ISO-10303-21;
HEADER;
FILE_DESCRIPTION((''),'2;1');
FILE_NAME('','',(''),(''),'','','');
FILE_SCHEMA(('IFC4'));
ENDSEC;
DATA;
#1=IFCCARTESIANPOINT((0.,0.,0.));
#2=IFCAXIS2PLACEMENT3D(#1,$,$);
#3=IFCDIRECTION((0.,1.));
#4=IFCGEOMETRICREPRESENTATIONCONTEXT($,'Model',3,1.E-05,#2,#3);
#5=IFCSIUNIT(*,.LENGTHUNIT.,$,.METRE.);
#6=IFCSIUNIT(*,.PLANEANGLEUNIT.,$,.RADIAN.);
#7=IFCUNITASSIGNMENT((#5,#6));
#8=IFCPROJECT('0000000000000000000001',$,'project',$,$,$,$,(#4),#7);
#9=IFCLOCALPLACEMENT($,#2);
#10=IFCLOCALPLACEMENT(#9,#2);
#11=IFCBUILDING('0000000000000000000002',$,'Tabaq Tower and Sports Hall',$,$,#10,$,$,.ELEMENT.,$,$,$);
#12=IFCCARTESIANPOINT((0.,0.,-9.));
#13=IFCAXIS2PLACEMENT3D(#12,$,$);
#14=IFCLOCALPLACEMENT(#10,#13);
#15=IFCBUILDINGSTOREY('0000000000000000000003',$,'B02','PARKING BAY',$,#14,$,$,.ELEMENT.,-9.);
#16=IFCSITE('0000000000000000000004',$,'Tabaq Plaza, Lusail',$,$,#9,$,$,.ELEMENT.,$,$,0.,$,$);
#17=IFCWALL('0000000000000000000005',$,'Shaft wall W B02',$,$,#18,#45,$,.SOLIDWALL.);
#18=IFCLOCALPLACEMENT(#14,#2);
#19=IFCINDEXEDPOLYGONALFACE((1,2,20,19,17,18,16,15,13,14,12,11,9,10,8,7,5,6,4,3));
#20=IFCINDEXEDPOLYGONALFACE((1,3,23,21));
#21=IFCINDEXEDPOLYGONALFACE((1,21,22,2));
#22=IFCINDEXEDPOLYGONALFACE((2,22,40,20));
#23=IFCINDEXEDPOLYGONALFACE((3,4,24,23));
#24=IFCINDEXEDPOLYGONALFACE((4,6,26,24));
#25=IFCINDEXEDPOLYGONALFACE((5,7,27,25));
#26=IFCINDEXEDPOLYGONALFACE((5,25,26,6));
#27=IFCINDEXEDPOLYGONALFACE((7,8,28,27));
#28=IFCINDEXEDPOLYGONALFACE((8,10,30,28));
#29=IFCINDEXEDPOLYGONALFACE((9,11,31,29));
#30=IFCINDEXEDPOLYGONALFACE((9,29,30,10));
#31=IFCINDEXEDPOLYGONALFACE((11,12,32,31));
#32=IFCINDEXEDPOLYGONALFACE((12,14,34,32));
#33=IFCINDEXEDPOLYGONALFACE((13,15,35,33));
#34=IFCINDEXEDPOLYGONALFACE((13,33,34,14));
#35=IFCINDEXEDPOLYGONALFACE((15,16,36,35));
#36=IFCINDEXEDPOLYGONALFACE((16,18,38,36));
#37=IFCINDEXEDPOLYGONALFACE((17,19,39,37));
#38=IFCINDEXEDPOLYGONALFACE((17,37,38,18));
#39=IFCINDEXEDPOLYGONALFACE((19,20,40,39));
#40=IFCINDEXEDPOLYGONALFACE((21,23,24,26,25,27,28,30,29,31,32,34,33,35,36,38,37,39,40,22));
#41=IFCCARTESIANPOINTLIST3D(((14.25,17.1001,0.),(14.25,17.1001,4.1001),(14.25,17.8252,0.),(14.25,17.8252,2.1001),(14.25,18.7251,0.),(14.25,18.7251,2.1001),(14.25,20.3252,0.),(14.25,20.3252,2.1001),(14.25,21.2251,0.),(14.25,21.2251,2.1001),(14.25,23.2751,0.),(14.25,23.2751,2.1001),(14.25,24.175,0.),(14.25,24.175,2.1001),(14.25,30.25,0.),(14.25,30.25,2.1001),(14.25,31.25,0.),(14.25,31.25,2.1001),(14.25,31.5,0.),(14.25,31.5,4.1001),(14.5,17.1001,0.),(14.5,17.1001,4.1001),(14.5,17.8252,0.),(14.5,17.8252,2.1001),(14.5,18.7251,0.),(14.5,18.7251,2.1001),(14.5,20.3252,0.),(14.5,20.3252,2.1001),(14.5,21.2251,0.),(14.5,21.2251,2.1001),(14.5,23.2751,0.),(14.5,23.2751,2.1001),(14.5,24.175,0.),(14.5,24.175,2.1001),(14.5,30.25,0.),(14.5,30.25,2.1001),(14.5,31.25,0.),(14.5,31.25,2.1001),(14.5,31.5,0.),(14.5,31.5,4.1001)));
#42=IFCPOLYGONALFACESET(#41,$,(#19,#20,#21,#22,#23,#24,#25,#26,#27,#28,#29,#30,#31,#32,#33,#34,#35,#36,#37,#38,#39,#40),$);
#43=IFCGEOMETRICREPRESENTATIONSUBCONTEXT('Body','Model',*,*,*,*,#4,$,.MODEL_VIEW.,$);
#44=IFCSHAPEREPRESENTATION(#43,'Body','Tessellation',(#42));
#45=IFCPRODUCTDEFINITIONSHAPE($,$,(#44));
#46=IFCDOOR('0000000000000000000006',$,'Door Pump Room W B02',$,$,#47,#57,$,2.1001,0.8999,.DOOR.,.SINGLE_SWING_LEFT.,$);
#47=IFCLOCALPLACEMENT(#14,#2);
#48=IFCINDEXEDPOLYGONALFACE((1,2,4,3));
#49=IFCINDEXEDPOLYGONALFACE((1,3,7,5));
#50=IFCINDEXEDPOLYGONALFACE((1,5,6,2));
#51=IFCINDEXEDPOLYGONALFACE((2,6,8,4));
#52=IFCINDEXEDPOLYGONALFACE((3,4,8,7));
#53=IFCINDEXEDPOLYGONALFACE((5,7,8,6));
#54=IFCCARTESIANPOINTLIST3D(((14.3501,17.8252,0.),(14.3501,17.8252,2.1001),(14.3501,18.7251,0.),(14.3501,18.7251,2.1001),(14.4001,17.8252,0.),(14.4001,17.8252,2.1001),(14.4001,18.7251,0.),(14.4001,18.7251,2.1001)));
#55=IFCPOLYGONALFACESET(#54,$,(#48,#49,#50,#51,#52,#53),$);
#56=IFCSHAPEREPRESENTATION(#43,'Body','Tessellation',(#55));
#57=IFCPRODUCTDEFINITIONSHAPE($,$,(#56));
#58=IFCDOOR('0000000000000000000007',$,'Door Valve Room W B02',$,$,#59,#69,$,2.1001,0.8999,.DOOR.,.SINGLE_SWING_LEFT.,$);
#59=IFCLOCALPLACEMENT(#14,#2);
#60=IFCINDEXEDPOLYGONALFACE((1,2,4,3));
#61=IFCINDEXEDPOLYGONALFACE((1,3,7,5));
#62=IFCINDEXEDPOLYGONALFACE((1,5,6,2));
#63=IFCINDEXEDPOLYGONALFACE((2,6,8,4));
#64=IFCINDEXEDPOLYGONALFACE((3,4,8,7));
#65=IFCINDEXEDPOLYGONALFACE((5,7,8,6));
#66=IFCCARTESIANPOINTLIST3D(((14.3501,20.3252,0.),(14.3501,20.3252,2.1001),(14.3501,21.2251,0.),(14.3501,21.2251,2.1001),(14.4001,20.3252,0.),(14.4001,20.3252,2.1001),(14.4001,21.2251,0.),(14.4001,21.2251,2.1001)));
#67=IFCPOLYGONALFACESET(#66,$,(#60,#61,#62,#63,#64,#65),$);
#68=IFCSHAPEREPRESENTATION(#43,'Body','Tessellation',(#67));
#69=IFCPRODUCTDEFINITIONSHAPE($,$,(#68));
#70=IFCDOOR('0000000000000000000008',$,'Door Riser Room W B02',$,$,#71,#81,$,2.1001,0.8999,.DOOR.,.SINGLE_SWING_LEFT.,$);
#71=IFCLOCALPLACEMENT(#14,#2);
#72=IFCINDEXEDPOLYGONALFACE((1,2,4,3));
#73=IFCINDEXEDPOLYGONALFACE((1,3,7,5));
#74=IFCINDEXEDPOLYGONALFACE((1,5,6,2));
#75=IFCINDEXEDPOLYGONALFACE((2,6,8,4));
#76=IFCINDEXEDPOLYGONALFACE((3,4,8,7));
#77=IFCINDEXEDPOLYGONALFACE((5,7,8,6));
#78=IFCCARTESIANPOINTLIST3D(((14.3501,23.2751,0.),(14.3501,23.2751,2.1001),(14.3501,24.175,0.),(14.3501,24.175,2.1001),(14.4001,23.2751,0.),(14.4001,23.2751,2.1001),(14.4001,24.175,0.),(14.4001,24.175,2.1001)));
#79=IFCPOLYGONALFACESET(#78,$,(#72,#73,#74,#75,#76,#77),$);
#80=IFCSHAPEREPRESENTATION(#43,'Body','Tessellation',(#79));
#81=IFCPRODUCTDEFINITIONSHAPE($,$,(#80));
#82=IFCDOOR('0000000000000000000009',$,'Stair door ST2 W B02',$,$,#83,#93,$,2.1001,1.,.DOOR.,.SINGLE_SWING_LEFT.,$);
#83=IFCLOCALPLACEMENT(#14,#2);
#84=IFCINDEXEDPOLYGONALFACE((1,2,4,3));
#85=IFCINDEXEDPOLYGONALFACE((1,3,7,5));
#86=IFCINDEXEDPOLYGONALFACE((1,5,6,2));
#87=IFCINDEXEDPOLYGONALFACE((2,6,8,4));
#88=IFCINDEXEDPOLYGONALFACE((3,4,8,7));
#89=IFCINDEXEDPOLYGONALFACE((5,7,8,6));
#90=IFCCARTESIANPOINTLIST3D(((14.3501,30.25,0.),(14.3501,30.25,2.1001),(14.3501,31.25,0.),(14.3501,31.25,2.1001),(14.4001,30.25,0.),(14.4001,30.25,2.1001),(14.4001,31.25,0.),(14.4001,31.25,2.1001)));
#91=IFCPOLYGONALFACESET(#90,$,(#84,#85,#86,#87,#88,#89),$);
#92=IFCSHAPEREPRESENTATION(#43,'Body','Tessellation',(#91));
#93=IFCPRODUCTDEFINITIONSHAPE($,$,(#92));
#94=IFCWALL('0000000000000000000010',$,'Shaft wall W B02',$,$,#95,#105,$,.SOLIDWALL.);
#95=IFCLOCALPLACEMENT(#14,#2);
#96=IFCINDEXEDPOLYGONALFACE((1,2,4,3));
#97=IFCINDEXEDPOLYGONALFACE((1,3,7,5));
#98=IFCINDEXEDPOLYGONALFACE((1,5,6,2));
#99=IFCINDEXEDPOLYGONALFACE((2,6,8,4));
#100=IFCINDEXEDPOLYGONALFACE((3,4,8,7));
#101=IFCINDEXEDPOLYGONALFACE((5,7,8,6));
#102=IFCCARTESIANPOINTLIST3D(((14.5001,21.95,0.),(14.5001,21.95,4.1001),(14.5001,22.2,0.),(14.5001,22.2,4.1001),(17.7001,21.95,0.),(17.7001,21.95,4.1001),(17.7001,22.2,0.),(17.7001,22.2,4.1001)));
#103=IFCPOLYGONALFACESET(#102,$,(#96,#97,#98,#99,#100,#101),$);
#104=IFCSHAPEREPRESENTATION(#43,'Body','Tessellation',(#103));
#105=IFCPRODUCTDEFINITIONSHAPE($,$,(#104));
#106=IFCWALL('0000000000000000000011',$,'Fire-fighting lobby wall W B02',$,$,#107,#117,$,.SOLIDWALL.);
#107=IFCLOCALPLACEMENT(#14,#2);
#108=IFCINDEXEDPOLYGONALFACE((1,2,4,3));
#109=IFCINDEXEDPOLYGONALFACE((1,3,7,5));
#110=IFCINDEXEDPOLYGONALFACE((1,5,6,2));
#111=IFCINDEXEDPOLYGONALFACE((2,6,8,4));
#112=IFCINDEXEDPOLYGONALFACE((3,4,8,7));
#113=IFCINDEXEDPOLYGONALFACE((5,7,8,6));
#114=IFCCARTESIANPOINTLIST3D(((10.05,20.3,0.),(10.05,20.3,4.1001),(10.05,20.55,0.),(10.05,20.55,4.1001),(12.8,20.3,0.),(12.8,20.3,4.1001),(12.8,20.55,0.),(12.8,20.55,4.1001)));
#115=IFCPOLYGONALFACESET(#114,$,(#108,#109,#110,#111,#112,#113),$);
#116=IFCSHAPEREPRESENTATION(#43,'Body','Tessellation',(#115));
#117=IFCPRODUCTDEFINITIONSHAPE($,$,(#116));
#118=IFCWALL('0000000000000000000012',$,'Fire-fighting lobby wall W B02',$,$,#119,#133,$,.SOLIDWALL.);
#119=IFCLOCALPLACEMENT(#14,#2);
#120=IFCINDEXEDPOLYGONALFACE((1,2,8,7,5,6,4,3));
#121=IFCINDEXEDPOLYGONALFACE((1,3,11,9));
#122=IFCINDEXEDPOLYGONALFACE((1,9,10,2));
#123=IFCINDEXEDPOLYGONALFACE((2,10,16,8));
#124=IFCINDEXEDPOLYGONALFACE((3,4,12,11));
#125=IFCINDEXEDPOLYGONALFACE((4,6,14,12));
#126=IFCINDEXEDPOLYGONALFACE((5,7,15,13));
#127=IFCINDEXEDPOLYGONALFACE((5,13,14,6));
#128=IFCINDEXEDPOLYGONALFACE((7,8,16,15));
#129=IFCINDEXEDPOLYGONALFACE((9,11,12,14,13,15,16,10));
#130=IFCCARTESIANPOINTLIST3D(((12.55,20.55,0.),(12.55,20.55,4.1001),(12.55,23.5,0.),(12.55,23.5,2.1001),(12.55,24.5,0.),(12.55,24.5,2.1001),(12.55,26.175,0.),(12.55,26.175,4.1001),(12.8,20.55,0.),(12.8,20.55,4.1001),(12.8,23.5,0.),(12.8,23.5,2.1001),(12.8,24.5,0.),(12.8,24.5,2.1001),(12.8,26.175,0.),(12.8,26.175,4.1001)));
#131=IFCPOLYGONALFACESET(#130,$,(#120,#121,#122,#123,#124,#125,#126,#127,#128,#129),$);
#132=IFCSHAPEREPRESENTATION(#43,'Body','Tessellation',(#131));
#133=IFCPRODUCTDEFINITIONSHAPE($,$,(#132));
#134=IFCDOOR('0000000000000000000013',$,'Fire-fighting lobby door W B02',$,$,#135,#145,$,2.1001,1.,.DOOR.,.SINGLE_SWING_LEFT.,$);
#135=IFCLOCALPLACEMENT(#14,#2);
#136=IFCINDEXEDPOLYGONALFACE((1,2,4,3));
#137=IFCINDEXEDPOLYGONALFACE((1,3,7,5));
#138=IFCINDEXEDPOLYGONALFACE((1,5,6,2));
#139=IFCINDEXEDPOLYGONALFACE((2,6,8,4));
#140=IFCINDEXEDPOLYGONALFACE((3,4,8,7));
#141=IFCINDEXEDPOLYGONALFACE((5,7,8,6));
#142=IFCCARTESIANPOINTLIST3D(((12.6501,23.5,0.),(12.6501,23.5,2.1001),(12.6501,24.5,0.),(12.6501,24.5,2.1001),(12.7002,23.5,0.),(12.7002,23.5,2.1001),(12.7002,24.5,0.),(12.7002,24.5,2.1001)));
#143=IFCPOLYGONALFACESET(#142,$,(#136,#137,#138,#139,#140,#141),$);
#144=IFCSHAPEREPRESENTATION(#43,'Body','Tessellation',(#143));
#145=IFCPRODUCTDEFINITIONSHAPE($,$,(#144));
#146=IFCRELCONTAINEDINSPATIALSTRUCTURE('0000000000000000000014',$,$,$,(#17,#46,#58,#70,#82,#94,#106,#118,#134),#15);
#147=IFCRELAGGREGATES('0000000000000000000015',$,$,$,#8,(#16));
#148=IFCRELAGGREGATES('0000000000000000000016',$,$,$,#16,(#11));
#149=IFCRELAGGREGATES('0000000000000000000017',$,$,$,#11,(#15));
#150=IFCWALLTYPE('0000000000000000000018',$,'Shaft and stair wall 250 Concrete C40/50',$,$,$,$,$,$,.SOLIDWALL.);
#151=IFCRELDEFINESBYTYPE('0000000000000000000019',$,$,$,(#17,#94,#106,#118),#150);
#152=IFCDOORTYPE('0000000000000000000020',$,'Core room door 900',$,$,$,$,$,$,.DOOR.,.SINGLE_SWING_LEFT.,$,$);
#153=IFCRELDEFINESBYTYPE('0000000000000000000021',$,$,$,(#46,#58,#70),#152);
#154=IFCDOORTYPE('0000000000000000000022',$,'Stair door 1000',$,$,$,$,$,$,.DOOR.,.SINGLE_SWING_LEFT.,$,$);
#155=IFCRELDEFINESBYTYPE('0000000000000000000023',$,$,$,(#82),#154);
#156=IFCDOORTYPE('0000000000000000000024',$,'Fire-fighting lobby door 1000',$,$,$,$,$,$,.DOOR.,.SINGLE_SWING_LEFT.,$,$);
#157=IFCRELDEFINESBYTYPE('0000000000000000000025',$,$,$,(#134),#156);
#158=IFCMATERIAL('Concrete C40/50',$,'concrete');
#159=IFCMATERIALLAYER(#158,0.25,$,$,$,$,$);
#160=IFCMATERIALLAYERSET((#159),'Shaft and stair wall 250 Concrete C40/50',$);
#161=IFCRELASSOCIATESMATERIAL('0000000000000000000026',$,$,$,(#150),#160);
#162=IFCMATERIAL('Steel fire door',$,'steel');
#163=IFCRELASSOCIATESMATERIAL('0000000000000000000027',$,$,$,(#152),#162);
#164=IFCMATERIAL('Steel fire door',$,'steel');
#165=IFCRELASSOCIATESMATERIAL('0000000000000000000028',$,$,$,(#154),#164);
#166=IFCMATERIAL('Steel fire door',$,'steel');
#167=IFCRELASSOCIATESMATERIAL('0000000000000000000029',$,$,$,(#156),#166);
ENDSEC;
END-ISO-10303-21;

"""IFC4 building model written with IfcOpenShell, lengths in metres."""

from ifc_helpers import new_model, si_unit, direction, frame, frame_2d, origin, place, context, subcontext, project, spatial, rectangle, extrude, material, layer, layer_set, type_object, element, fill, save


model = new_model("IFC4")

# Units and contexts
model_context = context("Model", 3, precision=1e-05, world=origin(), true_north=direction((0.0, 1.0)))
body_context = subcontext(model_context, "Body", "Model", "MODEL_VIEW")
ifc_project = project(units=[si_unit("LENGTHUNIT", "METRE"), si_unit("PLANEANGLEUNIT", "RADIAN")], contexts=[model_context])

# Site, building, storey
site_placement = place(None, origin())
site = spatial("IfcSite", under=ifc_project, at=site_placement, Name="Tabaq Plaza, Lusail", CompositionType="ELEMENT", RefElevation=0.0)
building_placement = place(site_placement, origin())
building = spatial("IfcBuilding", under=site, at=building_placement, Name="Tabaq Tower and Sports Hall", CompositionType="ELEMENT")
storey_placement = place(building_placement, frame((0.0, 0.0, -9.0)))
storey = spatial("IfcBuildingStorey", under=building, at=storey_placement, Name="B02", Description="PARKING BAY", CompositionType="ELEMENT", Elevation=-9.0)

# Wall, openings, doors
ifc_material_1 = material(Name="Concrete C40/50", Category="concrete")
ifc_layer_1 = layer(ifc_material_1, 0.25)
ifc_layer_set_1 = layer_set([ifc_layer_1], Name="Shaft and stair wall 250 Concrete C40/50")
wall_type_1 = type_object("IfcWallType", Name="Shaft and stair wall 250 Concrete C40/50", PredefinedType="SOLIDWALL", material=ifc_layer_set_1)
wall_1_placement = place(storey_placement, frame((14.375, 17.1001, 0.0), z_axis=(0.0, 0.0, 1.0), x_axis=(0.0, 1.0, 0.0)))
wall_1 = element("IfcWall", 1, at=wall_1_placement, inside=storey, type_object=wall_type_1, Name="Shaft wall W B02", PredefinedType="SOLIDWALL", context=body_context, shape_type="SweptSolid", body=[
    extrude(rectangle(XDim=14.3999, YDim=0.25, at=frame_2d((7.2, 0.0))), origin(), (0.0, 0.0, 1.0), 4.1001),
])
opening_1_placement = place(wall_1_placement, frame((13.1499, 0.0, 0.0)))
opening_1 = element("IfcOpeningElement", 2, at=opening_1_placement, cuts=wall_1, PredefinedType="OPENING", context=body_context, shape_type="SweptSolid", body=[
    extrude(rectangle(XDim=1.0, YDim=2.1001, at=frame_2d((0.5, 1.05))), frame((0.0, 0.125, 0.0), z_axis=(0.0, -1.0, 0.0), x_axis=(1.0, 0.0, 0.0)), (0.0, 0.0, 1.0), 0.25),
])
opening_2_placement = place(wall_1_placement, frame((0.7251, 0.0, 0.0)))
opening_2 = element("IfcOpeningElement", 3, at=opening_2_placement, cuts=wall_1, PredefinedType="OPENING", context=body_context, shape_type="SweptSolid", body=[
    extrude(rectangle(XDim=0.8999, YDim=2.1001, at=frame_2d((0.45, 1.05))), frame((0.0, 0.125, 0.0), z_axis=(0.0, -1.0, 0.0), x_axis=(1.0, 0.0, 0.0)), (0.0, 0.0, 1.0), 0.25),
])
opening_3_placement = place(wall_1_placement, frame((3.2251, 0.0, 0.0)))
opening_3 = element("IfcOpeningElement", 4, at=opening_3_placement, cuts=wall_1, PredefinedType="OPENING", context=body_context, shape_type="SweptSolid", body=[
    extrude(rectangle(XDim=0.8999, YDim=2.1001, at=frame_2d((0.45, 1.05))), frame((0.0, 0.125, 0.0), z_axis=(0.0, -1.0, 0.0), x_axis=(1.0, 0.0, 0.0)), (0.0, 0.0, 1.0), 0.25),
])
opening_4_placement = place(wall_1_placement, frame((6.175, 0.0, 0.0)))
opening_4 = element("IfcOpeningElement", 5, at=opening_4_placement, cuts=wall_1, PredefinedType="OPENING", context=body_context, shape_type="SweptSolid", body=[
    extrude(rectangle(XDim=0.8999, YDim=2.1001, at=frame_2d((0.45, 1.05))), frame((0.0, 0.125, 0.0), z_axis=(0.0, -1.0, 0.0), x_axis=(1.0, 0.0, 0.0)), (0.0, 0.0, 1.0), 0.25),
])
ifc_material_2 = material(Name="Steel fire door", Category="steel")
door_type_1 = type_object("IfcDoorType", Name="Core room door 900", OperationType="SINGLE_SWING_LEFT", PredefinedType="DOOR", material=ifc_material_2)
door_1_placement = place(opening_2_placement, origin())
door_1 = element("IfcDoor", 6, at=door_1_placement, inside=storey, type_object=door_type_1, Name="Door Pump Room W B02", OperationType="SINGLE_SWING_LEFT", OverallHeight=2.1001, OverallWidth=0.8999, PredefinedType="DOOR", context=body_context, shape_type="SweptSolid", body=[
    extrude(rectangle(XDim=0.8999, YDim=2.1001, at=frame_2d((0.45, 1.05))), frame((0.0, 0.0249, 0.0), z_axis=(0.0, -1.0, 0.0), x_axis=(1.0, 0.0, 0.0)), (0.0, 0.0, 1.0), 0.05),
])
fill(opening_2, door_1)
door_2_placement = place(opening_3_placement, origin())
door_2 = element("IfcDoor", 7, at=door_2_placement, inside=storey, type_object=door_type_1, Name="Door Valve Room W B02", OperationType="SINGLE_SWING_LEFT", OverallHeight=2.1001, OverallWidth=0.8999, PredefinedType="DOOR", context=body_context, shape_type="SweptSolid", body=[
    extrude(rectangle(XDim=0.8999, YDim=2.1001, at=frame_2d((0.45, 1.05))), frame((0.0, 0.0249, 0.0), z_axis=(0.0, -1.0, 0.0), x_axis=(1.0, 0.0, 0.0)), (0.0, 0.0, 1.0), 0.05),
])
fill(opening_3, door_2)
door_3_placement = place(opening_4_placement, origin())
door_3 = element("IfcDoor", 8, at=door_3_placement, inside=storey, type_object=door_type_1, Name="Door Riser Room W B02", OperationType="SINGLE_SWING_LEFT", OverallHeight=2.1001, OverallWidth=0.8999, PredefinedType="DOOR", context=body_context, shape_type="SweptSolid", body=[
    extrude(rectangle(XDim=0.8999, YDim=2.1001, at=frame_2d((0.45, 1.05))), frame((0.0, 0.0249, 0.0), z_axis=(0.0, -1.0, 0.0), x_axis=(1.0, 0.0, 0.0)), (0.0, 0.0, 1.0), 0.05),
])
fill(opening_4, door_3)
ifc_material_3 = material(Name="Steel fire door", Category="steel")
door_type_2 = type_object("IfcDoorType", Name="Stair door 1000", OperationType="SINGLE_SWING_LEFT", PredefinedType="DOOR", material=ifc_material_3)
door_4_placement = place(opening_1_placement, origin())
door_4 = element("IfcDoor", 9, at=door_4_placement, inside=storey, type_object=door_type_2, Name="Stair door ST2 W B02", OperationType="SINGLE_SWING_LEFT", OverallHeight=2.1001, OverallWidth=1.0, PredefinedType="DOOR", context=body_context, shape_type="SweptSolid", body=[
    extrude(rectangle(XDim=1.0, YDim=2.1001, at=frame_2d((0.5, 1.05))), frame((0.0, 0.0249, 0.0), z_axis=(0.0, -1.0, 0.0), x_axis=(1.0, 0.0, 0.0)), (0.0, 0.0, 1.0), 0.05),
])
fill(opening_1, door_4)

# Walls
wall_2_placement = place(storey_placement, frame((14.5, 22.075, 0.0), z_axis=(0.0, 0.0, 1.0), x_axis=(1.0, 0.0, 0.0)))
element("IfcWall", 10, at=wall_2_placement, inside=storey, type_object=wall_type_1, Name="Shaft wall W B02", PredefinedType="SOLIDWALL", context=body_context, shape_type="SweptSolid", body=[
    extrude(rectangle(XDim=3.2, YDim=0.25, at=frame_2d((1.6001, 0.0))), origin(), (0.0, 0.0, 1.0), 4.1001),
])
wall_3_placement = place(storey_placement, frame((10.05, 20.425, 0.0), z_axis=(0.0, 0.0, 1.0), x_axis=(1.0, 0.0, 0.0)))
element("IfcWall", 11, at=wall_3_placement, inside=storey, type_object=wall_type_1, Name="Fire-fighting lobby wall W B02", PredefinedType="SOLIDWALL", context=body_context, shape_type="SweptSolid", body=[
    extrude(rectangle(XDim=2.75, YDim=0.25, at=frame_2d((1.375, 0.0))), origin(), (0.0, 0.0, 1.0), 4.1001),
])

# Wall, opening, door
wall_4_placement = place(storey_placement, frame((12.675, 20.55, 0.0), z_axis=(0.0, 0.0, 1.0), x_axis=(0.0, 1.0, 0.0)))
wall_4 = element("IfcWall", 12, at=wall_4_placement, inside=storey, type_object=wall_type_1, Name="Fire-fighting lobby wall W B02", PredefinedType="SOLIDWALL", context=body_context, shape_type="SweptSolid", body=[
    extrude(rectangle(XDim=5.625, YDim=0.25, at=frame_2d((2.8125, 0.0))), origin(), (0.0, 0.0, 1.0), 4.1001),
])
opening_5_placement = place(wall_4_placement, frame((2.95, 0.0, 0.0)))
opening_5 = element("IfcOpeningElement", 13, at=opening_5_placement, cuts=wall_4, PredefinedType="OPENING", context=body_context, shape_type="SweptSolid", body=[
    extrude(rectangle(XDim=1.0, YDim=2.1001, at=frame_2d((0.5, 1.05))), frame((0.0, 0.125, 0.0), z_axis=(0.0, -1.0, 0.0), x_axis=(1.0, 0.0, 0.0)), (0.0, 0.0, 1.0), 0.25),
])
ifc_material_4 = material(Name="Steel fire door", Category="steel")
door_type_3 = type_object("IfcDoorType", Name="Fire-fighting lobby door 1000", OperationType="SINGLE_SWING_LEFT", PredefinedType="DOOR", material=ifc_material_4)
door_5_placement = place(opening_5_placement, origin())
door_5 = element("IfcDoor", 14, at=door_5_placement, inside=storey, type_object=door_type_3, Name="Fire-fighting lobby door W B02", OperationType="SINGLE_SWING_LEFT", OverallHeight=2.1001, OverallWidth=1.0, PredefinedType="DOOR", context=body_context, shape_type="SweptSolid", body=[
    extrude(rectangle(XDim=1.0, YDim=2.1001, at=frame_2d((0.5, 1.05))), frame((0.0, 0.0249, 0.0), z_axis=(0.0, -1.0, 0.0), x_axis=(1.0, 0.0, 0.0)), (0.0, 0.0, 1.0), 0.05),
])
fill(opening_5, door_5)

save(model, "model.ifc")
